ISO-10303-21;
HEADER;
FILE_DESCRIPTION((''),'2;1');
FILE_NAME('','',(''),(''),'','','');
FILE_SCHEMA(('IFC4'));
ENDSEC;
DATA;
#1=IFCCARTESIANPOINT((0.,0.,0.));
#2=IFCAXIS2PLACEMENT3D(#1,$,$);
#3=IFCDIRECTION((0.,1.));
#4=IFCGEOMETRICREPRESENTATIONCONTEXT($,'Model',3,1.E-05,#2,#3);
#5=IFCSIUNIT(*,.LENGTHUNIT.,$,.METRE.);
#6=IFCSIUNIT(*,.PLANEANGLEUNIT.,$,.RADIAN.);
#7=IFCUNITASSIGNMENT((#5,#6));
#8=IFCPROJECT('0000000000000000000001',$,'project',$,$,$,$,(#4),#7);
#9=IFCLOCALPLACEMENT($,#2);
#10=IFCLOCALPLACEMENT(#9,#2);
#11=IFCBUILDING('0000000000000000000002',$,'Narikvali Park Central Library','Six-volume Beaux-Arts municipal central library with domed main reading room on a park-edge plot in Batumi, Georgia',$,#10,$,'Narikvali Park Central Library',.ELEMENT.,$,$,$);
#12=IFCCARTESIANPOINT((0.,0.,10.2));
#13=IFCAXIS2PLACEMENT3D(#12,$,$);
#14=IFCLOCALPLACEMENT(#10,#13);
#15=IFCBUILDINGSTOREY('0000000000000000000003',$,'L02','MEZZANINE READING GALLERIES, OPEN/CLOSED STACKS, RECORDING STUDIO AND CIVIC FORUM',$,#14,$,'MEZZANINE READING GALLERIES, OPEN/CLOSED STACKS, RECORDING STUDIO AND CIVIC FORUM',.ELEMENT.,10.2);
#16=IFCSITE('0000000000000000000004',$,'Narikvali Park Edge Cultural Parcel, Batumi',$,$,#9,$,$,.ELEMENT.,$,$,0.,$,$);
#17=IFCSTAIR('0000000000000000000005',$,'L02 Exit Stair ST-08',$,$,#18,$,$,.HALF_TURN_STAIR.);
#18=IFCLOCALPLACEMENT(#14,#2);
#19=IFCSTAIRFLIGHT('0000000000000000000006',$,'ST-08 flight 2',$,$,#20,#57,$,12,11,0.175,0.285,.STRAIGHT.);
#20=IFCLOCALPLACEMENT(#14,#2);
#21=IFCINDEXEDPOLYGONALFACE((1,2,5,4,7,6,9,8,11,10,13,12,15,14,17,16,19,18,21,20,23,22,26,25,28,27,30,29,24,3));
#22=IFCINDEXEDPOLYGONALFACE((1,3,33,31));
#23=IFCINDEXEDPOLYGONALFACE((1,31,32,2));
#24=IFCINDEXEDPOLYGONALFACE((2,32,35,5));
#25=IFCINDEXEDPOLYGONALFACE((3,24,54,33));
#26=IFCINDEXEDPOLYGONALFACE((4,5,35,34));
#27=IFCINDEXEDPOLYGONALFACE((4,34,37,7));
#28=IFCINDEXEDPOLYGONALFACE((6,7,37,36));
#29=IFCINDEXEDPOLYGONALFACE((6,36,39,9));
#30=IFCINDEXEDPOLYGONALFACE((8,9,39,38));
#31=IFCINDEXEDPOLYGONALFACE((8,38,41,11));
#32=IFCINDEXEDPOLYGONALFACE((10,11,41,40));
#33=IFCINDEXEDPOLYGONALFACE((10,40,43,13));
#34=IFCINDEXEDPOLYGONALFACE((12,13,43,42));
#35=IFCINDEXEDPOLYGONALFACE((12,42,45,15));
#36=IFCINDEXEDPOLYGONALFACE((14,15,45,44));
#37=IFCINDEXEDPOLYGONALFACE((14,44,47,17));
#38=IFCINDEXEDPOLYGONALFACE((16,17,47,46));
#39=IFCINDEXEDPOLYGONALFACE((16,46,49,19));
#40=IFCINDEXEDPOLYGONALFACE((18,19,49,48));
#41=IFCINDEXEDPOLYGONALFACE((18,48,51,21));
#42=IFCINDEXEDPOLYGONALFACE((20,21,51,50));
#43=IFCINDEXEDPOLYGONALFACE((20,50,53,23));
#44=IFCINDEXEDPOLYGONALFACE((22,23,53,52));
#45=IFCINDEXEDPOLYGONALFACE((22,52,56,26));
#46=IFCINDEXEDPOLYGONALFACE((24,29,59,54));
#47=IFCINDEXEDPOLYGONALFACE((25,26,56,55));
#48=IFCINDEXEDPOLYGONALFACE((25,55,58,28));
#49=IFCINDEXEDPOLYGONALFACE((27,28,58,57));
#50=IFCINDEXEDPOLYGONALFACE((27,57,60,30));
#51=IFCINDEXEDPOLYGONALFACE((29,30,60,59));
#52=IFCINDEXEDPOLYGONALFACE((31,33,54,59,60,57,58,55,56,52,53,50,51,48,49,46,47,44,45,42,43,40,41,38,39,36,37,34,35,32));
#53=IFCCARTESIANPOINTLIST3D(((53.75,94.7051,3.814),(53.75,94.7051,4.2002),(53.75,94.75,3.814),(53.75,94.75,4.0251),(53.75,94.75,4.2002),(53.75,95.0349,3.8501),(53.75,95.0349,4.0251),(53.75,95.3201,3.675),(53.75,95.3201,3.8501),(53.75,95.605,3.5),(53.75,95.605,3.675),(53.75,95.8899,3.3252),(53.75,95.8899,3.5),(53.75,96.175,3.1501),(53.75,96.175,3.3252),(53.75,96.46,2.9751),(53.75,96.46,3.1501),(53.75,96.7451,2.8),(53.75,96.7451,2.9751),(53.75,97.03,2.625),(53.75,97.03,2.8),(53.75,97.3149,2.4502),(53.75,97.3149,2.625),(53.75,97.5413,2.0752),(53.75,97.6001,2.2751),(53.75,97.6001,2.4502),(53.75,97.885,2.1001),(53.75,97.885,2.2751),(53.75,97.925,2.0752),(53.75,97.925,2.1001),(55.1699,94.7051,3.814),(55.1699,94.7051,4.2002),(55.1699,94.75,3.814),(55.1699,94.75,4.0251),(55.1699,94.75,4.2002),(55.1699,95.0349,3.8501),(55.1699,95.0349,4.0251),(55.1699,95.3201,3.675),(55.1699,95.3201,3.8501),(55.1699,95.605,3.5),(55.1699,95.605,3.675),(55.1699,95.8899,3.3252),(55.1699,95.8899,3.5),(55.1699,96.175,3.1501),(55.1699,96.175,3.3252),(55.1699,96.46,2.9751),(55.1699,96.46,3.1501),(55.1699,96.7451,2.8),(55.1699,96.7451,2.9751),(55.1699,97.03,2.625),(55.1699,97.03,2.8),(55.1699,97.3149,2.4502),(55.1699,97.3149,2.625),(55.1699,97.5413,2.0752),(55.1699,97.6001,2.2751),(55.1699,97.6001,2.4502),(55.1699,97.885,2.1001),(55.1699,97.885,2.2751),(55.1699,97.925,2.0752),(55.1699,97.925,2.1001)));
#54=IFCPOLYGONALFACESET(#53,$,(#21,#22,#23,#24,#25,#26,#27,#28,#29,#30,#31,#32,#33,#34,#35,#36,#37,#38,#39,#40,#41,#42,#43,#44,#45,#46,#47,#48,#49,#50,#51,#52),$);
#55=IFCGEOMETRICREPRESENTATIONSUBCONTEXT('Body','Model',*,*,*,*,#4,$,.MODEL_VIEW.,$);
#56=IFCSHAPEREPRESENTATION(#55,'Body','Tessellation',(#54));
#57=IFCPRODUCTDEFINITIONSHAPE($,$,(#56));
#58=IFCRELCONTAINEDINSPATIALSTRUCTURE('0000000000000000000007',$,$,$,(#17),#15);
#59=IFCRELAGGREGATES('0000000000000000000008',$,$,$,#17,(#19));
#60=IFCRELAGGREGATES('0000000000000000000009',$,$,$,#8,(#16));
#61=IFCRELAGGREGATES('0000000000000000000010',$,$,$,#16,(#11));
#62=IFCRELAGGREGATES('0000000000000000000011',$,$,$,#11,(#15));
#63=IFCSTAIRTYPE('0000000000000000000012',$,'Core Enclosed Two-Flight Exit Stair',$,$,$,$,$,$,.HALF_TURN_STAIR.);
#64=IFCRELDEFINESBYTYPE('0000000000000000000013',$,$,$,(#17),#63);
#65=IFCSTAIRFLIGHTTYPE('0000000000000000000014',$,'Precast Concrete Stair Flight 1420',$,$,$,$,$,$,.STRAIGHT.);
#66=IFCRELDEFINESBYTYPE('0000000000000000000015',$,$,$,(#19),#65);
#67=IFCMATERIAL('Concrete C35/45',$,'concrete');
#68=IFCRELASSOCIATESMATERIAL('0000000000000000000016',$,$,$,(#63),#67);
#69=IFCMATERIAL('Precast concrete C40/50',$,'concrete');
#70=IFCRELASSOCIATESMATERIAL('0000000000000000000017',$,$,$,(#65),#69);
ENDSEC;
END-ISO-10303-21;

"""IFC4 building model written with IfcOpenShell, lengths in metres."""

from ifc_helpers import new_model, si_unit, direction, frame, origin, place, context, subcontext, project, spatial, polyline, outline, extrude, material, type_object, element, aggregate, save


model = new_model("IFC4")

# Units and contexts
model_context = context("Model", 3, precision=1e-05, world=origin(), true_north=direction((0.0, 1.0)))
body_context = subcontext(model_context, "Body", "Model", "MODEL_VIEW")
ifc_project = project(units=[si_unit("LENGTHUNIT", "METRE"), si_unit("PLANEANGLEUNIT", "RADIAN")], contexts=[model_context])

# Site, building, storey
site_placement = place(None, origin())
site = spatial("IfcSite", under=ifc_project, at=site_placement, Name="Narikvali Park Edge Cultural Parcel, Batumi", CompositionType="ELEMENT", RefElevation=0.0)
building_placement = place(site_placement, origin())
building = spatial("IfcBuilding", under=site, at=building_placement, Name="Narikvali Park Central Library", Description="Six-volume Beaux-Arts municipal central library with domed main reading room on a park-edge plot in Batumi, Georgia", LongName="Narikvali Park Central Library", CompositionType="ELEMENT")
storey_placement = place(building_placement, frame((0.0, 0.0, 10.2)))
storey = spatial("IfcBuildingStorey", under=building, at=storey_placement, Name="L02", Description="MEZZANINE READING GALLERIES, OPEN/CLOSED STACKS, RECORDING STUDIO AND CIVIC FORUM", LongName="MEZZANINE READING GALLERIES, OPEN/CLOSED STACKS, RECORDING STUDIO AND CIVIC FORUM", CompositionType="ELEMENT", Elevation=10.2)

# Stair, stair flight
ifc_material_1 = material(Name="Concrete C35/45", Category="concrete")
stair_type = type_object("IfcStairType", Name="Core Enclosed Two-Flight Exit Stair", PredefinedType="HALF_TURN_STAIR", material=ifc_material_1)
stair_placement = place(storey_placement, origin())
stair = element("IfcStair", 1, at=stair_placement, inside=storey, type_object=stair_type, Name="L02 Exit Stair ST-08", PredefinedType="HALF_TURN_STAIR")
ifc_material_2 = material(Name="Precast concrete C40/50", Category="concrete")
stair_flight_type = type_object("IfcStairFlightType", Name="Precast Concrete Stair Flight 1420", PredefinedType="STRAIGHT", material=ifc_material_2)
stair_flight_1_placement = place(storey_placement, frame((54.46, 97.885, 2.1001), z_axis=(0.0, 0.0, 1.0), x_axis=(0.0, -1.0, 0.0)))
stair_flight_1 = element("IfcStairFlight", 2, at=stair_flight_1_placement, type_object=stair_flight_type, Name="ST-08 flight 2", NumberOfRisers=12, NumberOfTreads=11, PredefinedType="STRAIGHT", RiserHeight=0.175, TreadLength=0.285, context=body_context, shape_type="SweptSolid", body=[
    extrude(outline(polyline([(-0.04, -0.0249), (-0.04, 0.0), (0.0, 0.0), (0.0, 0.175), (0.2849, 0.175), (0.2849, 0.3501), (0.5701, 0.3501), (0.5701, 0.5249), (0.855, 0.5249), (0.855, 0.7), (1.1399, 0.7), (1.1399, 0.875), (1.425, 0.875), (1.425, 1.05), (1.71, 1.05), (1.71, 1.2251), (1.9951, 1.2251), (1.9951, 1.3999), (2.28, 1.3999), (2.28, 1.575), (2.5649, 1.575), (2.5649, 1.75), (2.8501, 1.75), (2.8501, 1.925), (3.135, 1.925), (3.135, 2.1001), (3.1799, 2.1001), (3.1799, 1.7139), (3.135, 1.7139), (0.3438, -0.0249), (-0.04, -0.0249)])), frame((0.0, 0.71, 0.0), z_axis=(0.0, -1.0, 0.0), x_axis=(1.0, 0.0, 0.0)), (0.0, 0.0, 1.0), 1.4199),
])
aggregate(stair, [stair_flight_1])

save(model, "model.ifc")
